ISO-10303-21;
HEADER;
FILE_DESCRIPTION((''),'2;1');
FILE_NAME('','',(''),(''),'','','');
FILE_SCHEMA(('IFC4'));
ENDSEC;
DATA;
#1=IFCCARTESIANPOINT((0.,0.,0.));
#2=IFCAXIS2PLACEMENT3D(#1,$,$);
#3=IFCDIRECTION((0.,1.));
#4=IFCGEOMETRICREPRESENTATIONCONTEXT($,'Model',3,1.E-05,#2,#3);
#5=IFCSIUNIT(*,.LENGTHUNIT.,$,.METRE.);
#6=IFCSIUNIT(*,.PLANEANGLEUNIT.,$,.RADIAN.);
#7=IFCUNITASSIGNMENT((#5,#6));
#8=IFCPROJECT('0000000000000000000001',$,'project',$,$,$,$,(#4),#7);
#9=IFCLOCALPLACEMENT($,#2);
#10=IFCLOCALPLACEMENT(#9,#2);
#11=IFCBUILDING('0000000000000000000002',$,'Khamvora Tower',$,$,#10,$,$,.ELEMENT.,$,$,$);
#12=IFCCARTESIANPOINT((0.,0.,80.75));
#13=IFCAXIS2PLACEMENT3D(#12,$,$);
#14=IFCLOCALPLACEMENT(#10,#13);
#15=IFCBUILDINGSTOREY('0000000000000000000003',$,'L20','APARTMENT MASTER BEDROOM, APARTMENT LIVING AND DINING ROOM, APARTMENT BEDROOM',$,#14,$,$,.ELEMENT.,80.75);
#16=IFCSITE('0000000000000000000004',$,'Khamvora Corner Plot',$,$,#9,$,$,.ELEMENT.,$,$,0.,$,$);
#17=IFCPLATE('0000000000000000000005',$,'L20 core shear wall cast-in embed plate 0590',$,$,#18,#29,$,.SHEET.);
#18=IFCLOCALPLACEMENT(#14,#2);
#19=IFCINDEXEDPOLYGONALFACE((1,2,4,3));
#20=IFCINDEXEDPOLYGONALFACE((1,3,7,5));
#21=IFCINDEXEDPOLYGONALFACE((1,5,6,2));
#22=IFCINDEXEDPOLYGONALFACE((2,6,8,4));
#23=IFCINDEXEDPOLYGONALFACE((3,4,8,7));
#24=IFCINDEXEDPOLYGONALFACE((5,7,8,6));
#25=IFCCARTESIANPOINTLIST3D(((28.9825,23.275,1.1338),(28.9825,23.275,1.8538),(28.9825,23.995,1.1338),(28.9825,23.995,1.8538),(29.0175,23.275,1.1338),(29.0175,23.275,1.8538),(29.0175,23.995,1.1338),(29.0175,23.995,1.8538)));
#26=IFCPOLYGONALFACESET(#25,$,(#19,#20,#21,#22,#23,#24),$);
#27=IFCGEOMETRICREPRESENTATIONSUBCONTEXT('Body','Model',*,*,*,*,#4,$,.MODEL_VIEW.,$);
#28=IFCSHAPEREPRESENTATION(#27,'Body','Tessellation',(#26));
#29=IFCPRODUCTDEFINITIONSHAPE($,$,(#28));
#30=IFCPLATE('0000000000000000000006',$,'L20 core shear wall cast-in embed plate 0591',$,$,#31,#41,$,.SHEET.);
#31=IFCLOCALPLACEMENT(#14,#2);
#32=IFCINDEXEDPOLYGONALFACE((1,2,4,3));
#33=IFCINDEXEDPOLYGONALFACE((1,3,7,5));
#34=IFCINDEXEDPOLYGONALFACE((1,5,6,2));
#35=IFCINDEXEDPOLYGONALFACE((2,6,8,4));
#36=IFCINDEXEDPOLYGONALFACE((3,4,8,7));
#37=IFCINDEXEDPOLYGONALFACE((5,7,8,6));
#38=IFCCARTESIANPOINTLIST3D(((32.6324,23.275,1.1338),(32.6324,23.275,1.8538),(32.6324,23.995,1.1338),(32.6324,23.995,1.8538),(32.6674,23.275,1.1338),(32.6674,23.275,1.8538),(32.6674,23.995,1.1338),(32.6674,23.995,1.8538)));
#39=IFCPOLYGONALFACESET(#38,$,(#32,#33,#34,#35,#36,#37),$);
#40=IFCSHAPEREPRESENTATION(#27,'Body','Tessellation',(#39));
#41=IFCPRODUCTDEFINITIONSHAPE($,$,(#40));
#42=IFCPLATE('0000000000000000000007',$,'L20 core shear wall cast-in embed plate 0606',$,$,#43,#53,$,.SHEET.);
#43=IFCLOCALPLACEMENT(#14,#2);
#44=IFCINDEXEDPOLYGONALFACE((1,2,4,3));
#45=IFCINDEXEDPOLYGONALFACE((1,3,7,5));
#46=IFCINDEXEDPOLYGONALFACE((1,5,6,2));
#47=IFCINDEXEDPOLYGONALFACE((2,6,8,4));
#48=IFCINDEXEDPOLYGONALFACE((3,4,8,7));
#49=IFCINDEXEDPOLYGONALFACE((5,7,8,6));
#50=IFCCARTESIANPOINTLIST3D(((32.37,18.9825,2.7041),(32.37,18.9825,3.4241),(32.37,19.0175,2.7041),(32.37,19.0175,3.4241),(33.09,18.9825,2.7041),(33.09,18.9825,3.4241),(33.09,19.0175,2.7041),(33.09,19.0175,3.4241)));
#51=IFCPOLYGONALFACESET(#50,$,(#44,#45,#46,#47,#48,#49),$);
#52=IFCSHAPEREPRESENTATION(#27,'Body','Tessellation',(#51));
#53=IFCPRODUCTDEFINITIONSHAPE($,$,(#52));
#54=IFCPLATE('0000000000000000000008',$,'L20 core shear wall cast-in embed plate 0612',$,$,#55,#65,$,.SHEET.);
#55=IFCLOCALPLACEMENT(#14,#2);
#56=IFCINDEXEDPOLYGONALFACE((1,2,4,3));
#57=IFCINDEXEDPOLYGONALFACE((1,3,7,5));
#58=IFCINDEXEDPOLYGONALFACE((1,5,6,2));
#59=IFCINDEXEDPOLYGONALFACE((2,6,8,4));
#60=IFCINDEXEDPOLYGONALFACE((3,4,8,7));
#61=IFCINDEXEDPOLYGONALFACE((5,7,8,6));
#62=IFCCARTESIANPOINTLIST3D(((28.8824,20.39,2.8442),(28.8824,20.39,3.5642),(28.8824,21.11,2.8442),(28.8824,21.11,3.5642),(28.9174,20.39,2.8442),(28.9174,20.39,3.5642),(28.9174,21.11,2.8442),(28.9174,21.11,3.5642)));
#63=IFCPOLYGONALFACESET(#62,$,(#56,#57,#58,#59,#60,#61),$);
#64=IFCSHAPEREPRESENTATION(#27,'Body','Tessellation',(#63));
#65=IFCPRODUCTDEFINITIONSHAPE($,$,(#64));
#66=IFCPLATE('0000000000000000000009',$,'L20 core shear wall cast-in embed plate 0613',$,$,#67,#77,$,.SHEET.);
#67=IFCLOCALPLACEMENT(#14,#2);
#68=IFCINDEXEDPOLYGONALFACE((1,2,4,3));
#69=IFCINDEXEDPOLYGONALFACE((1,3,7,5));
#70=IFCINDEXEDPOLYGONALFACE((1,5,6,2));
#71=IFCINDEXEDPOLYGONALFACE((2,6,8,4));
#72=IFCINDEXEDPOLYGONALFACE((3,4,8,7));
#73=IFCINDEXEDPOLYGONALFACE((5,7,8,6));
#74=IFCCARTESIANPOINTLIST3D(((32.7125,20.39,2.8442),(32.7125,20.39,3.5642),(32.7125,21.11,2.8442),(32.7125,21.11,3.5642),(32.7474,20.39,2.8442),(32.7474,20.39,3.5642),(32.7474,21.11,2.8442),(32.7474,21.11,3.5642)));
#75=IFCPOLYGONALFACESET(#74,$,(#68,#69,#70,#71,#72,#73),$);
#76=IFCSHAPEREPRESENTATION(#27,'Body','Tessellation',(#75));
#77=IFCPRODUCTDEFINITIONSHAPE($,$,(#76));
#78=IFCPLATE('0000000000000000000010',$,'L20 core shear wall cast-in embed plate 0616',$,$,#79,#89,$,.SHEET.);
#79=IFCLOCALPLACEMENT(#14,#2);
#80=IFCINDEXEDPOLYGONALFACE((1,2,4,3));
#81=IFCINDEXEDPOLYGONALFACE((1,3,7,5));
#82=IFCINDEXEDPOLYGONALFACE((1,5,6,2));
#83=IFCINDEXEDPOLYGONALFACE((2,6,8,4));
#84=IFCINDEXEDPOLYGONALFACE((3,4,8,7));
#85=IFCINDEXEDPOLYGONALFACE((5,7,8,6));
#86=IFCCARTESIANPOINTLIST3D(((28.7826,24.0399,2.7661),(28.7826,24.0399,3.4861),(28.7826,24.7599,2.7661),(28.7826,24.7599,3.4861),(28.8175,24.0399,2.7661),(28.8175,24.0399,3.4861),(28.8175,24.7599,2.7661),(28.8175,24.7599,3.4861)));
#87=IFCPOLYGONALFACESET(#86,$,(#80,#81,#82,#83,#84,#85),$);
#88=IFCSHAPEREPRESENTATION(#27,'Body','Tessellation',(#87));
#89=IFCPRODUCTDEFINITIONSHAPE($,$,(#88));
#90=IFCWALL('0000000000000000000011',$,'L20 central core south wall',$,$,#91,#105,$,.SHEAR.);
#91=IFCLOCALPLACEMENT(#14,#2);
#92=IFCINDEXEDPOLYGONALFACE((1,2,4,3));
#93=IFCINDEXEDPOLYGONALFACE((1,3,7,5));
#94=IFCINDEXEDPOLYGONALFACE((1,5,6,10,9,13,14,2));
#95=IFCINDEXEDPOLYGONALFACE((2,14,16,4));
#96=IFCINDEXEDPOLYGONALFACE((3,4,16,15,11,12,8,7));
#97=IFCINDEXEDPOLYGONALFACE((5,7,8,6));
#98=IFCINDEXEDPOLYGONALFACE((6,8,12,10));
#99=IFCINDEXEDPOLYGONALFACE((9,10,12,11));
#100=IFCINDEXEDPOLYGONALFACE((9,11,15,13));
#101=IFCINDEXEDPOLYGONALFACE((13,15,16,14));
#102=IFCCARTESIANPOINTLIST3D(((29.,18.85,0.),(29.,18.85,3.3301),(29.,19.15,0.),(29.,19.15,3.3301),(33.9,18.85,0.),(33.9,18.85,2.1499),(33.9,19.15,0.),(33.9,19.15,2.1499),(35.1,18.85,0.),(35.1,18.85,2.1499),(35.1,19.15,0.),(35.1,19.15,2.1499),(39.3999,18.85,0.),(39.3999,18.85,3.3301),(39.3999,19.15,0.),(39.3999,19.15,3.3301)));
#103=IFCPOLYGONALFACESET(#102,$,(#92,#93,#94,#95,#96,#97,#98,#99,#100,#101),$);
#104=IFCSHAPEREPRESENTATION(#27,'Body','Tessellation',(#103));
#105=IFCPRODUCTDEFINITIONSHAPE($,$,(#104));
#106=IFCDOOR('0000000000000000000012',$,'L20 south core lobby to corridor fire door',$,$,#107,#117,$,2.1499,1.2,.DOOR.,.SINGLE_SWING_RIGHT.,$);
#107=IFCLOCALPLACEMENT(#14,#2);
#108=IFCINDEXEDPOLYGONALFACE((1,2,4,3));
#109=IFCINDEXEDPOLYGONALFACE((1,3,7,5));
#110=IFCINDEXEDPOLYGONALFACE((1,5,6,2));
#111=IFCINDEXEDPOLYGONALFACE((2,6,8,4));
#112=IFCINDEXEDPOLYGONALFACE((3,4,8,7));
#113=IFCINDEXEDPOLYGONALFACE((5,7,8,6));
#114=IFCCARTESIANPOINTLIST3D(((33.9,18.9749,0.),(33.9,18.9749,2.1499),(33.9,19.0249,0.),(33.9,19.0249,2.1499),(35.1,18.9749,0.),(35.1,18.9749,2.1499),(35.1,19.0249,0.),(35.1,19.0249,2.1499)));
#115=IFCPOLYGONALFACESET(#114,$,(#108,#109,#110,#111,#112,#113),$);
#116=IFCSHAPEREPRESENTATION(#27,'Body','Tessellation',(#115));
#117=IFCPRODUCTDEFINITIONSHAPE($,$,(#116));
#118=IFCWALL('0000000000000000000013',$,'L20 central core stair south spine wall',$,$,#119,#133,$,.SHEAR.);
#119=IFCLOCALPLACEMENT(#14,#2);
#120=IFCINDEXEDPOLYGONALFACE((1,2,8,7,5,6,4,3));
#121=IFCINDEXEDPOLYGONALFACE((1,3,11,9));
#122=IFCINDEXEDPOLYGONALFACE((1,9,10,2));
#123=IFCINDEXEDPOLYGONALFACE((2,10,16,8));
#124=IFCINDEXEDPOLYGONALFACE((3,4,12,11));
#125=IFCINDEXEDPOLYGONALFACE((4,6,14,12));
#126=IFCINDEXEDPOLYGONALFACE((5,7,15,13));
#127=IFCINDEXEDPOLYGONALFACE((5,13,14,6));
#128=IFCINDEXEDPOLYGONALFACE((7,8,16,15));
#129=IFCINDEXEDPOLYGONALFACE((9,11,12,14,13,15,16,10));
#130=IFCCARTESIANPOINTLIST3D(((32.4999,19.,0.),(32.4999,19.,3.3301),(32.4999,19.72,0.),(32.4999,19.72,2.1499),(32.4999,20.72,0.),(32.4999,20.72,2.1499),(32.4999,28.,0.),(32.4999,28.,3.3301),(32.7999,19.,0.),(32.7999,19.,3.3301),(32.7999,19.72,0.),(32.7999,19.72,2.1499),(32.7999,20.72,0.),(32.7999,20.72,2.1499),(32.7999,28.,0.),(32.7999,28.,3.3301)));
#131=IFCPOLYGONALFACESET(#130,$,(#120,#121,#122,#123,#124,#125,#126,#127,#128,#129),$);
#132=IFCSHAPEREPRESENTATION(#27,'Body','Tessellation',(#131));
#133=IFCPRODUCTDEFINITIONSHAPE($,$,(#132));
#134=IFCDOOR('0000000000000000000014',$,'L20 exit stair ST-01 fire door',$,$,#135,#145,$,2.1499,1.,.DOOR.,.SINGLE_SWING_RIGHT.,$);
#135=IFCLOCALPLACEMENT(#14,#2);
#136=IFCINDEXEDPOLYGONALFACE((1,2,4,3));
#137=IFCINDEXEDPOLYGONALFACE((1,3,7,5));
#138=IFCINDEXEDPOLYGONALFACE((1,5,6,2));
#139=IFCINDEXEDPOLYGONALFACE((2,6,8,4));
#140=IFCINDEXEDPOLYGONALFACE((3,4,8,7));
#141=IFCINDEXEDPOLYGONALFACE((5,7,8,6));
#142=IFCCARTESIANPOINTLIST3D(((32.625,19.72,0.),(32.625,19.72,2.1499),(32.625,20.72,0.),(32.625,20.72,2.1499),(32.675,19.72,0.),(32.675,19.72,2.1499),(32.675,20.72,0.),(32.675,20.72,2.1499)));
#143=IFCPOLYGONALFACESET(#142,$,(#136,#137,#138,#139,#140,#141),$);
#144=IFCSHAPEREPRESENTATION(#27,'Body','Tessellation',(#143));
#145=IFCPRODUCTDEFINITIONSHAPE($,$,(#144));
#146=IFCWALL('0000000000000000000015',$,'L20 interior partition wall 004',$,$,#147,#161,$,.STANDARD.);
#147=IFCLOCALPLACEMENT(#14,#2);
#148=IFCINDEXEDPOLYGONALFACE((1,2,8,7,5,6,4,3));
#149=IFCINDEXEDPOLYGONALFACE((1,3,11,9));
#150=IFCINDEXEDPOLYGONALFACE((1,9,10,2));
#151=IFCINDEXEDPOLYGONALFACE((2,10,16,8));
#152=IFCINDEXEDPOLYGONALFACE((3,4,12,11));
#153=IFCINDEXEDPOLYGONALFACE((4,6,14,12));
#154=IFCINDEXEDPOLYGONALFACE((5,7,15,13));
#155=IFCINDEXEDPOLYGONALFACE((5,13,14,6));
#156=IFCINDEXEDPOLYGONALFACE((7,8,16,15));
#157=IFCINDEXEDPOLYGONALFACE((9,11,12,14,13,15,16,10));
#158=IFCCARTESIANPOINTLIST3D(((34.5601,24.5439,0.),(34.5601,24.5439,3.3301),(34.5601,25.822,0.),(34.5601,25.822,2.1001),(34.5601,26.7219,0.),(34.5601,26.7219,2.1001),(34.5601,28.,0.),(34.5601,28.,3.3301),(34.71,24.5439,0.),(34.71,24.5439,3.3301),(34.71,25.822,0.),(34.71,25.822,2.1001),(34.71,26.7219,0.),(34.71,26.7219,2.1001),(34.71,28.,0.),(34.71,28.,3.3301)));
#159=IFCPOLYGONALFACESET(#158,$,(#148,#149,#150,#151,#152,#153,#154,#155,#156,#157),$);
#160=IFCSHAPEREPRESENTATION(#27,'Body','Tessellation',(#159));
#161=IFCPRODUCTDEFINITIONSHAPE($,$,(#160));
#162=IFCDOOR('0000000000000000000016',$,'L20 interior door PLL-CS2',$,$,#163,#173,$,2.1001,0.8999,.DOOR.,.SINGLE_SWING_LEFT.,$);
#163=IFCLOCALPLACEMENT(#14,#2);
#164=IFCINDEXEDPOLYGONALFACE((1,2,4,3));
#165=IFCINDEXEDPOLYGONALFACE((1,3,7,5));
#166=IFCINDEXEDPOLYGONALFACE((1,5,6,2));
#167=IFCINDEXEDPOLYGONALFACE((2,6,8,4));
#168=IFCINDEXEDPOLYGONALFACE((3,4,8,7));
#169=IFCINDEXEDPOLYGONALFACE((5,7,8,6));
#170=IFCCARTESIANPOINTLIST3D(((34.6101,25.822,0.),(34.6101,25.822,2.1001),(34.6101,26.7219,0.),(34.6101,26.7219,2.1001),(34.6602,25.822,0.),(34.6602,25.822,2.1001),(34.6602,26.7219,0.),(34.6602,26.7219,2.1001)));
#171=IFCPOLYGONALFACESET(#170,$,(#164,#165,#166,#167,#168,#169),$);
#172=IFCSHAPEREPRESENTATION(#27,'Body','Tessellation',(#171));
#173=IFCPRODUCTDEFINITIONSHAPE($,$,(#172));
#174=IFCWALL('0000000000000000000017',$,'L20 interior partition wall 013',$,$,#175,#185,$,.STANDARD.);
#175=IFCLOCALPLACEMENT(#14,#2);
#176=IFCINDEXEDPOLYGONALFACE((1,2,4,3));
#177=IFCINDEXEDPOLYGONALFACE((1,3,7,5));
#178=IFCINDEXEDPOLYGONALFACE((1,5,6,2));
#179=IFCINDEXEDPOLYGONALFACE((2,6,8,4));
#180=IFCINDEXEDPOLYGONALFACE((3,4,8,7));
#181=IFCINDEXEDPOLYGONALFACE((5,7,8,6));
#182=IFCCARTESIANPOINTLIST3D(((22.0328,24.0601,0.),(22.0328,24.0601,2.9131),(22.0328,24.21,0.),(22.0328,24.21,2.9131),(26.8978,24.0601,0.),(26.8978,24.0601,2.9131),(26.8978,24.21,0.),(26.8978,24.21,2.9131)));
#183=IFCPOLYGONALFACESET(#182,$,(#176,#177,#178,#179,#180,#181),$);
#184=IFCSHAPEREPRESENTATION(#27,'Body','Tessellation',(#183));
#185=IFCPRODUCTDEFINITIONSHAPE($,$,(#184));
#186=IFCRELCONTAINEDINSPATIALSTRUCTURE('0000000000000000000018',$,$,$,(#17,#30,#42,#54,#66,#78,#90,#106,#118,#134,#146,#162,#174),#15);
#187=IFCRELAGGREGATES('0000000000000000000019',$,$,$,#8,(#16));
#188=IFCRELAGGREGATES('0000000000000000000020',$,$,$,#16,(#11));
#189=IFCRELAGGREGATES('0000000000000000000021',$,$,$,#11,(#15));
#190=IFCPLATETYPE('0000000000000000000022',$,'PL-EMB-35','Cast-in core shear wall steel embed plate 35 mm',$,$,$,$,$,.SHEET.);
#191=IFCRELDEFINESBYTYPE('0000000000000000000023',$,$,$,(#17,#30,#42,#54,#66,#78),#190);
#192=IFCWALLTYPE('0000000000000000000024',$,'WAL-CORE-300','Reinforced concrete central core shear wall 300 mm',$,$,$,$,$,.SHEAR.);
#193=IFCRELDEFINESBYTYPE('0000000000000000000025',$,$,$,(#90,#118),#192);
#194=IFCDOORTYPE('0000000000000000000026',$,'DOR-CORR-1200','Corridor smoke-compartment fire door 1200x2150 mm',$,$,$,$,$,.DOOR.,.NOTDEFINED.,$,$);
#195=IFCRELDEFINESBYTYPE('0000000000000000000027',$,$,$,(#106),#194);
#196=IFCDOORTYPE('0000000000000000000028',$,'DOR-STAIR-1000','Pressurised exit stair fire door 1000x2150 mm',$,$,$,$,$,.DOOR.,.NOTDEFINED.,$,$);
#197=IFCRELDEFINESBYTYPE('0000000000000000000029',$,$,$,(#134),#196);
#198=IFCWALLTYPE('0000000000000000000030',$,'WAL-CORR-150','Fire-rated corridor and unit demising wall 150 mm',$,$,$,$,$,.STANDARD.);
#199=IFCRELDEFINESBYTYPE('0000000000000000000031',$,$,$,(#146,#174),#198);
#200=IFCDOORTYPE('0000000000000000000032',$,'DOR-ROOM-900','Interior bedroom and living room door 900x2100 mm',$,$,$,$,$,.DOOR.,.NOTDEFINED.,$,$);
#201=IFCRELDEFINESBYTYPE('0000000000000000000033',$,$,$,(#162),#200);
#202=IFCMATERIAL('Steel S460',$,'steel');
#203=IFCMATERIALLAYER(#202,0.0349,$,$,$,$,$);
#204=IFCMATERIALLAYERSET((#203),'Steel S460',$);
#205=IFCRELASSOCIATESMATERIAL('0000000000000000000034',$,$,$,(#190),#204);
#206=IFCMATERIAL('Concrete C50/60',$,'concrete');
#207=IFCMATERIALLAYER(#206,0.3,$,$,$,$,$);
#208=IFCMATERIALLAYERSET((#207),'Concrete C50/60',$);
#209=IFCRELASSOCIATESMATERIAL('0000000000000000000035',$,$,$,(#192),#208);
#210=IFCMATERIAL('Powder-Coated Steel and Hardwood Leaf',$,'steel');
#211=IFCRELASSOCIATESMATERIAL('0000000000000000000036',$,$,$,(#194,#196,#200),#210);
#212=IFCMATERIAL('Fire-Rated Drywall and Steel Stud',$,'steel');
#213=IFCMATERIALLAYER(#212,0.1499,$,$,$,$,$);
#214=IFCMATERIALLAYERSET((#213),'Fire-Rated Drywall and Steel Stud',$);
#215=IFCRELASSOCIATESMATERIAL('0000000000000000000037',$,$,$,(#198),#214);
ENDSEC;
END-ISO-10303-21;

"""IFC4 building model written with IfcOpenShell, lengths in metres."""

from ifc_helpers import new_model, si_unit, direction, frame, frame_2d, origin, origin_2d, place, context, subcontext, project, spatial, rectangle, extrude, material, layer, layer_set, type_object, element, fill, save


model = new_model("IFC4")

# Units and contexts
model_context = context("Model", 3, precision=1e-05, world=origin(), true_north=direction((0.0, 1.0)))
body_context = subcontext(model_context, "Body", "Model", "MODEL_VIEW")
ifc_project = project(units=[si_unit("LENGTHUNIT", "METRE"), si_unit("PLANEANGLEUNIT", "RADIAN")], contexts=[model_context])

# Site, building, storey
site_placement = place(None, origin())
site = spatial("IfcSite", under=ifc_project, at=site_placement, Name="Khamvora Corner Plot", CompositionType="ELEMENT", RefElevation=0.0)
building_placement = place(site_placement, origin())
building = spatial("IfcBuilding", under=site, at=building_placement, Name="Khamvora Tower", CompositionType="ELEMENT")
storey_placement = place(building_placement, frame((0.0, 0.0, 80.75)))
storey = spatial("IfcBuildingStorey", under=building, at=storey_placement, Name="L20", Description="APARTMENT MASTER BEDROOM, APARTMENT LIVING AND DINING ROOM, APARTMENT BEDROOM", CompositionType="ELEMENT", Elevation=80.75)

# Plates
ifc_material_1 = material(Name="Steel S460", Category="steel")
ifc_layer_1 = layer(ifc_material_1, 0.0349)
ifc_layer_set_1 = layer_set([ifc_layer_1], Name="Steel S460")
plate_type = type_object("IfcPlateType", Name="PL-EMB-35", Description="Cast-in core shear wall steel embed plate 35 mm", PredefinedType="SHEET", material=ifc_layer_set_1)
for number, where, z_axis, x_axis, name in (
    (1, (29.0, 23.635, 1.1338), (0.0, 0.0, 1.0), (1.0, 0.0, 0.0), "L20 core shear wall cast-in embed plate 0590"),
    (2, (32.6499, 23.635, 1.1338), (0.0, 0.0, 1.0), (1.0, 0.0, 0.0), "L20 core shear wall cast-in embed plate 0591"),
):
    element("IfcPlate", number, at=place(storey_placement, frame(where, z_axis=z_axis, x_axis=x_axis)), inside=storey, type_object=plate_type, Name=name, PredefinedType="SHEET", context=body_context, shape_type="SweptSolid", body=[
        extrude(rectangle(XDim=0.0349, YDim=0.72, at=origin_2d()), origin(), (0.0, 0.0, 1.0), 0.72),
    ])
plate_placement = place(storey_placement, frame((32.73, 19.0, 2.7041), z_axis=(0.0, 0.0, 1.0), x_axis=(1.0, 0.0, 0.0)))
element("IfcPlate", 3, at=plate_placement, inside=storey, type_object=plate_type, Name="L20 core shear wall cast-in embed plate 0606", PredefinedType="SHEET", context=body_context, shape_type="SweptSolid", body=[
    extrude(rectangle(XDim=0.72, YDim=0.0349, at=origin_2d()), origin(), (0.0, 0.0, 1.0), 0.72),
])
for number, where, z_axis, x_axis, name in (
    (4, (28.8999, 20.75, 2.8442), (0.0, 0.0, 1.0), (1.0, 0.0, 0.0), "L20 core shear wall cast-in embed plate 0612"),
    (5, (32.73, 20.75, 2.8442), (0.0, 0.0, 1.0), (1.0, 0.0, 0.0), "L20 core shear wall cast-in embed plate 0613"),
    (6, (28.8, 24.3999, 2.7661), (0.0, 0.0, 1.0), (1.0, 0.0, 0.0), "L20 core shear wall cast-in embed plate 0616"),
):
    element("IfcPlate", number, at=place(storey_placement, frame(where, z_axis=z_axis, x_axis=x_axis)), inside=storey, type_object=plate_type, Name=name, PredefinedType="SHEET", context=body_context, shape_type="SweptSolid", body=[
        extrude(rectangle(XDim=0.0349, YDim=0.72, at=origin_2d()), origin(), (0.0, 0.0, 1.0), 0.72),
    ])

# Walls, openings, doors
ifc_material_2 = material(Name="Concrete C50/60", Category="concrete")
ifc_layer_2 = layer(ifc_material_2, 0.3)
ifc_layer_set_2 = layer_set([ifc_layer_2], Name="Concrete C50/60")
wall_type_1 = type_object("IfcWallType", Name="WAL-CORE-300", Description="Reinforced concrete central core shear wall 300 mm", PredefinedType="SHEAR", material=ifc_layer_set_2)
wall_1_placement = place(storey_placement, frame((29.0, 19.0, 0.0), z_axis=(0.0, 0.0, 1.0), x_axis=(1.0, 0.0, 0.0)))
wall_1 = element("IfcWall", 7, at=wall_1_placement, inside=storey, type_object=wall_type_1, Name="L20 central core south wall", PredefinedType="SHEAR", context=body_context, shape_type="SweptSolid", body=[
    extrude(rectangle(XDim=10.3999, YDim=0.3, at=frame_2d((5.2, 0.0))), origin(), (0.0, 0.0, 1.0), 3.3301),
])
opening_1_placement = place(wall_1_placement, frame((4.8999, 0.0, 0.0)))
opening_1 = element("IfcOpeningElement", 8, at=opening_1_placement, cuts=wall_1, PredefinedType="OPENING", context=body_context, shape_type="SweptSolid", body=[
    extrude(rectangle(XDim=1.2, YDim=2.1499, at=frame_2d((0.6001, 1.075))), frame((0.0, 0.1599, 0.0), z_axis=(0.0, -1.0, 0.0), x_axis=(1.0, 0.0, 0.0)), (0.0, 0.0, 1.0), 0.3201),
])
ifc_material_3 = material(Name="Powder-Coated Steel and Hardwood Leaf", Category="steel")
door_type_1 = type_object("IfcDoorType", Name="DOR-CORR-1200", Description="Corridor smoke-compartment fire door 1200x2150 mm", OperationType="NOTDEFINED", PredefinedType="DOOR", material=ifc_material_3)
door_1_placement = place(opening_1_placement, origin())
door_1 = element("IfcDoor", 9, at=door_1_placement, inside=storey, type_object=door_type_1, Name="L20 south core lobby to corridor fire door", OperationType="SINGLE_SWING_RIGHT", OverallHeight=2.1499, OverallWidth=1.2, PredefinedType="DOOR", context=body_context, shape_type="SweptSolid", body=[
    extrude(rectangle(XDim=1.2, YDim=2.1499, at=frame_2d((0.6001, 1.075))), frame((0.0, 0.0249, 0.0), z_axis=(0.0, -1.0, 0.0), x_axis=(1.0, 0.0, 0.0)), (0.0, 0.0, 1.0), 0.05),
])
fill(opening_1, door_1)
wall_2_placement = place(storey_placement, frame((32.6499, 19.0, 0.0), z_axis=(0.0, 0.0, 1.0), x_axis=(0.0, 1.0, 0.0)))
wall_2 = element("IfcWall", 10, at=wall_2_placement, inside=storey, type_object=wall_type_1, Name="L20 central core stair south spine wall", PredefinedType="SHEAR", context=body_context, shape_type="SweptSolid", body=[
    extrude(rectangle(XDim=9.0, YDim=0.3, at=frame_2d((4.5, 0.0))), origin(), (0.0, 0.0, 1.0), 3.3301),
])
opening_2_placement = place(wall_2_placement, frame((0.72, 0.0, 0.0)))
opening_2 = element("IfcOpeningElement", 11, at=opening_2_placement, cuts=wall_2, PredefinedType="OPENING", context=body_context, shape_type="SweptSolid", body=[
    extrude(rectangle(XDim=1.0, YDim=2.1499, at=frame_2d((0.5, 1.075))), frame((0.0, 0.1599, 0.0), z_axis=(0.0, -1.0, 0.0), x_axis=(1.0, 0.0, 0.0)), (0.0, 0.0, 1.0), 0.3201),
])
door_type_2 = type_object("IfcDoorType", Name="DOR-STAIR-1000", Description="Pressurised exit stair fire door 1000x2150 mm", OperationType="NOTDEFINED", PredefinedType="DOOR", material=ifc_material_3)
door_2_placement = place(opening_2_placement, origin())
door_2 = element("IfcDoor", 12, at=door_2_placement, inside=storey, type_object=door_type_2, Name="L20 exit stair ST-01 fire door", OperationType="SINGLE_SWING_RIGHT", OverallHeight=2.1499, OverallWidth=1.0, PredefinedType="DOOR", context=body_context, shape_type="SweptSolid", body=[
    extrude(rectangle(XDim=1.0, YDim=2.1499, at=frame_2d((0.5, 1.075))), frame((0.0, 0.0249, 0.0), z_axis=(0.0, -1.0, 0.0), x_axis=(1.0, 0.0, 0.0)), (0.0, 0.0, 1.0), 0.05),
])
fill(opening_2, door_2)
ifc_material_4 = material(Name="Fire-Rated Drywall and Steel Stud", Category="steel")
ifc_layer_3 = layer(ifc_material_4, 0.1499)
ifc_layer_set_3 = layer_set([ifc_layer_3], Name="Fire-Rated Drywall and Steel Stud")
wall_type_2 = type_object("IfcWallType", Name="WAL-CORR-150", Description="Fire-rated corridor and unit demising wall 150 mm", PredefinedType="STANDARD", material=ifc_layer_set_3)
wall_3_placement = place(storey_placement, frame((34.635, 24.5439, 0.0), z_axis=(0.0, 0.0, 1.0), x_axis=(0.0, 1.0, 0.0)))
wall_3 = element("IfcWall", 13, at=wall_3_placement, inside=storey, type_object=wall_type_2, Name="L20 interior partition wall 004", PredefinedType="STANDARD", context=body_context, shape_type="SweptSolid", body=[
    extrude(rectangle(XDim=3.4561, YDim=0.1499, at=frame_2d((1.728, 0.0))), origin(), (0.0, 0.0, 1.0), 3.3301),
])
opening_3_placement = place(wall_3_placement, frame((1.2781, 0.0, 0.0)))
opening_3 = element("IfcOpeningElement", 14, at=opening_3_placement, cuts=wall_3, PredefinedType="OPENING", context=body_context, shape_type="SweptSolid", body=[
    extrude(rectangle(XDim=0.8999, YDim=2.1001, at=frame_2d((0.45, 1.05))), frame((0.0, 0.085, 0.0), z_axis=(0.0, -1.0, 0.0), x_axis=(1.0, 0.0, 0.0)), (0.0, 0.0, 1.0), 0.1699),
])
door_type_3 = type_object("IfcDoorType", Name="DOR-ROOM-900", Description="Interior bedroom and living room door 900x2100 mm", OperationType="NOTDEFINED", PredefinedType="DOOR", material=ifc_material_3)
door_3_placement = place(opening_3_placement, origin())
door_3 = element("IfcDoor", 15, at=door_3_placement, inside=storey, type_object=door_type_3, Name="L20 interior door PLL-CS2", OperationType="SINGLE_SWING_LEFT", OverallHeight=2.1001, OverallWidth=0.8999, PredefinedType="DOOR", context=body_context, shape_type="SweptSolid", body=[
    extrude(rectangle(XDim=0.8999, YDim=2.1001, at=frame_2d((0.45, 1.05))), frame((0.0, 0.0249, 0.0), z_axis=(0.0, -1.0, 0.0), x_axis=(1.0, 0.0, 0.0)), (0.0, 0.0, 1.0), 0.05),
])
fill(opening_3, door_3)

# Wall
wall_4_placement = place(storey_placement, frame((26.8979, 24.135, 0.0), z_axis=(0.0, 0.0, 1.0), x_axis=(-1.0, 0.0, 0.0)))
element("IfcWall", 16, at=wall_4_placement, inside=storey, type_object=wall_type_2, Name="L20 interior partition wall 013", PredefinedType="STANDARD", context=body_context, shape_type="SweptSolid", body=[
    extrude(rectangle(XDim=4.865, YDim=0.1499, at=frame_2d((2.4326, 0.0))), origin(), (0.0, 0.0, 1.0), 2.9131),
])

save(model, "model.ifc")
